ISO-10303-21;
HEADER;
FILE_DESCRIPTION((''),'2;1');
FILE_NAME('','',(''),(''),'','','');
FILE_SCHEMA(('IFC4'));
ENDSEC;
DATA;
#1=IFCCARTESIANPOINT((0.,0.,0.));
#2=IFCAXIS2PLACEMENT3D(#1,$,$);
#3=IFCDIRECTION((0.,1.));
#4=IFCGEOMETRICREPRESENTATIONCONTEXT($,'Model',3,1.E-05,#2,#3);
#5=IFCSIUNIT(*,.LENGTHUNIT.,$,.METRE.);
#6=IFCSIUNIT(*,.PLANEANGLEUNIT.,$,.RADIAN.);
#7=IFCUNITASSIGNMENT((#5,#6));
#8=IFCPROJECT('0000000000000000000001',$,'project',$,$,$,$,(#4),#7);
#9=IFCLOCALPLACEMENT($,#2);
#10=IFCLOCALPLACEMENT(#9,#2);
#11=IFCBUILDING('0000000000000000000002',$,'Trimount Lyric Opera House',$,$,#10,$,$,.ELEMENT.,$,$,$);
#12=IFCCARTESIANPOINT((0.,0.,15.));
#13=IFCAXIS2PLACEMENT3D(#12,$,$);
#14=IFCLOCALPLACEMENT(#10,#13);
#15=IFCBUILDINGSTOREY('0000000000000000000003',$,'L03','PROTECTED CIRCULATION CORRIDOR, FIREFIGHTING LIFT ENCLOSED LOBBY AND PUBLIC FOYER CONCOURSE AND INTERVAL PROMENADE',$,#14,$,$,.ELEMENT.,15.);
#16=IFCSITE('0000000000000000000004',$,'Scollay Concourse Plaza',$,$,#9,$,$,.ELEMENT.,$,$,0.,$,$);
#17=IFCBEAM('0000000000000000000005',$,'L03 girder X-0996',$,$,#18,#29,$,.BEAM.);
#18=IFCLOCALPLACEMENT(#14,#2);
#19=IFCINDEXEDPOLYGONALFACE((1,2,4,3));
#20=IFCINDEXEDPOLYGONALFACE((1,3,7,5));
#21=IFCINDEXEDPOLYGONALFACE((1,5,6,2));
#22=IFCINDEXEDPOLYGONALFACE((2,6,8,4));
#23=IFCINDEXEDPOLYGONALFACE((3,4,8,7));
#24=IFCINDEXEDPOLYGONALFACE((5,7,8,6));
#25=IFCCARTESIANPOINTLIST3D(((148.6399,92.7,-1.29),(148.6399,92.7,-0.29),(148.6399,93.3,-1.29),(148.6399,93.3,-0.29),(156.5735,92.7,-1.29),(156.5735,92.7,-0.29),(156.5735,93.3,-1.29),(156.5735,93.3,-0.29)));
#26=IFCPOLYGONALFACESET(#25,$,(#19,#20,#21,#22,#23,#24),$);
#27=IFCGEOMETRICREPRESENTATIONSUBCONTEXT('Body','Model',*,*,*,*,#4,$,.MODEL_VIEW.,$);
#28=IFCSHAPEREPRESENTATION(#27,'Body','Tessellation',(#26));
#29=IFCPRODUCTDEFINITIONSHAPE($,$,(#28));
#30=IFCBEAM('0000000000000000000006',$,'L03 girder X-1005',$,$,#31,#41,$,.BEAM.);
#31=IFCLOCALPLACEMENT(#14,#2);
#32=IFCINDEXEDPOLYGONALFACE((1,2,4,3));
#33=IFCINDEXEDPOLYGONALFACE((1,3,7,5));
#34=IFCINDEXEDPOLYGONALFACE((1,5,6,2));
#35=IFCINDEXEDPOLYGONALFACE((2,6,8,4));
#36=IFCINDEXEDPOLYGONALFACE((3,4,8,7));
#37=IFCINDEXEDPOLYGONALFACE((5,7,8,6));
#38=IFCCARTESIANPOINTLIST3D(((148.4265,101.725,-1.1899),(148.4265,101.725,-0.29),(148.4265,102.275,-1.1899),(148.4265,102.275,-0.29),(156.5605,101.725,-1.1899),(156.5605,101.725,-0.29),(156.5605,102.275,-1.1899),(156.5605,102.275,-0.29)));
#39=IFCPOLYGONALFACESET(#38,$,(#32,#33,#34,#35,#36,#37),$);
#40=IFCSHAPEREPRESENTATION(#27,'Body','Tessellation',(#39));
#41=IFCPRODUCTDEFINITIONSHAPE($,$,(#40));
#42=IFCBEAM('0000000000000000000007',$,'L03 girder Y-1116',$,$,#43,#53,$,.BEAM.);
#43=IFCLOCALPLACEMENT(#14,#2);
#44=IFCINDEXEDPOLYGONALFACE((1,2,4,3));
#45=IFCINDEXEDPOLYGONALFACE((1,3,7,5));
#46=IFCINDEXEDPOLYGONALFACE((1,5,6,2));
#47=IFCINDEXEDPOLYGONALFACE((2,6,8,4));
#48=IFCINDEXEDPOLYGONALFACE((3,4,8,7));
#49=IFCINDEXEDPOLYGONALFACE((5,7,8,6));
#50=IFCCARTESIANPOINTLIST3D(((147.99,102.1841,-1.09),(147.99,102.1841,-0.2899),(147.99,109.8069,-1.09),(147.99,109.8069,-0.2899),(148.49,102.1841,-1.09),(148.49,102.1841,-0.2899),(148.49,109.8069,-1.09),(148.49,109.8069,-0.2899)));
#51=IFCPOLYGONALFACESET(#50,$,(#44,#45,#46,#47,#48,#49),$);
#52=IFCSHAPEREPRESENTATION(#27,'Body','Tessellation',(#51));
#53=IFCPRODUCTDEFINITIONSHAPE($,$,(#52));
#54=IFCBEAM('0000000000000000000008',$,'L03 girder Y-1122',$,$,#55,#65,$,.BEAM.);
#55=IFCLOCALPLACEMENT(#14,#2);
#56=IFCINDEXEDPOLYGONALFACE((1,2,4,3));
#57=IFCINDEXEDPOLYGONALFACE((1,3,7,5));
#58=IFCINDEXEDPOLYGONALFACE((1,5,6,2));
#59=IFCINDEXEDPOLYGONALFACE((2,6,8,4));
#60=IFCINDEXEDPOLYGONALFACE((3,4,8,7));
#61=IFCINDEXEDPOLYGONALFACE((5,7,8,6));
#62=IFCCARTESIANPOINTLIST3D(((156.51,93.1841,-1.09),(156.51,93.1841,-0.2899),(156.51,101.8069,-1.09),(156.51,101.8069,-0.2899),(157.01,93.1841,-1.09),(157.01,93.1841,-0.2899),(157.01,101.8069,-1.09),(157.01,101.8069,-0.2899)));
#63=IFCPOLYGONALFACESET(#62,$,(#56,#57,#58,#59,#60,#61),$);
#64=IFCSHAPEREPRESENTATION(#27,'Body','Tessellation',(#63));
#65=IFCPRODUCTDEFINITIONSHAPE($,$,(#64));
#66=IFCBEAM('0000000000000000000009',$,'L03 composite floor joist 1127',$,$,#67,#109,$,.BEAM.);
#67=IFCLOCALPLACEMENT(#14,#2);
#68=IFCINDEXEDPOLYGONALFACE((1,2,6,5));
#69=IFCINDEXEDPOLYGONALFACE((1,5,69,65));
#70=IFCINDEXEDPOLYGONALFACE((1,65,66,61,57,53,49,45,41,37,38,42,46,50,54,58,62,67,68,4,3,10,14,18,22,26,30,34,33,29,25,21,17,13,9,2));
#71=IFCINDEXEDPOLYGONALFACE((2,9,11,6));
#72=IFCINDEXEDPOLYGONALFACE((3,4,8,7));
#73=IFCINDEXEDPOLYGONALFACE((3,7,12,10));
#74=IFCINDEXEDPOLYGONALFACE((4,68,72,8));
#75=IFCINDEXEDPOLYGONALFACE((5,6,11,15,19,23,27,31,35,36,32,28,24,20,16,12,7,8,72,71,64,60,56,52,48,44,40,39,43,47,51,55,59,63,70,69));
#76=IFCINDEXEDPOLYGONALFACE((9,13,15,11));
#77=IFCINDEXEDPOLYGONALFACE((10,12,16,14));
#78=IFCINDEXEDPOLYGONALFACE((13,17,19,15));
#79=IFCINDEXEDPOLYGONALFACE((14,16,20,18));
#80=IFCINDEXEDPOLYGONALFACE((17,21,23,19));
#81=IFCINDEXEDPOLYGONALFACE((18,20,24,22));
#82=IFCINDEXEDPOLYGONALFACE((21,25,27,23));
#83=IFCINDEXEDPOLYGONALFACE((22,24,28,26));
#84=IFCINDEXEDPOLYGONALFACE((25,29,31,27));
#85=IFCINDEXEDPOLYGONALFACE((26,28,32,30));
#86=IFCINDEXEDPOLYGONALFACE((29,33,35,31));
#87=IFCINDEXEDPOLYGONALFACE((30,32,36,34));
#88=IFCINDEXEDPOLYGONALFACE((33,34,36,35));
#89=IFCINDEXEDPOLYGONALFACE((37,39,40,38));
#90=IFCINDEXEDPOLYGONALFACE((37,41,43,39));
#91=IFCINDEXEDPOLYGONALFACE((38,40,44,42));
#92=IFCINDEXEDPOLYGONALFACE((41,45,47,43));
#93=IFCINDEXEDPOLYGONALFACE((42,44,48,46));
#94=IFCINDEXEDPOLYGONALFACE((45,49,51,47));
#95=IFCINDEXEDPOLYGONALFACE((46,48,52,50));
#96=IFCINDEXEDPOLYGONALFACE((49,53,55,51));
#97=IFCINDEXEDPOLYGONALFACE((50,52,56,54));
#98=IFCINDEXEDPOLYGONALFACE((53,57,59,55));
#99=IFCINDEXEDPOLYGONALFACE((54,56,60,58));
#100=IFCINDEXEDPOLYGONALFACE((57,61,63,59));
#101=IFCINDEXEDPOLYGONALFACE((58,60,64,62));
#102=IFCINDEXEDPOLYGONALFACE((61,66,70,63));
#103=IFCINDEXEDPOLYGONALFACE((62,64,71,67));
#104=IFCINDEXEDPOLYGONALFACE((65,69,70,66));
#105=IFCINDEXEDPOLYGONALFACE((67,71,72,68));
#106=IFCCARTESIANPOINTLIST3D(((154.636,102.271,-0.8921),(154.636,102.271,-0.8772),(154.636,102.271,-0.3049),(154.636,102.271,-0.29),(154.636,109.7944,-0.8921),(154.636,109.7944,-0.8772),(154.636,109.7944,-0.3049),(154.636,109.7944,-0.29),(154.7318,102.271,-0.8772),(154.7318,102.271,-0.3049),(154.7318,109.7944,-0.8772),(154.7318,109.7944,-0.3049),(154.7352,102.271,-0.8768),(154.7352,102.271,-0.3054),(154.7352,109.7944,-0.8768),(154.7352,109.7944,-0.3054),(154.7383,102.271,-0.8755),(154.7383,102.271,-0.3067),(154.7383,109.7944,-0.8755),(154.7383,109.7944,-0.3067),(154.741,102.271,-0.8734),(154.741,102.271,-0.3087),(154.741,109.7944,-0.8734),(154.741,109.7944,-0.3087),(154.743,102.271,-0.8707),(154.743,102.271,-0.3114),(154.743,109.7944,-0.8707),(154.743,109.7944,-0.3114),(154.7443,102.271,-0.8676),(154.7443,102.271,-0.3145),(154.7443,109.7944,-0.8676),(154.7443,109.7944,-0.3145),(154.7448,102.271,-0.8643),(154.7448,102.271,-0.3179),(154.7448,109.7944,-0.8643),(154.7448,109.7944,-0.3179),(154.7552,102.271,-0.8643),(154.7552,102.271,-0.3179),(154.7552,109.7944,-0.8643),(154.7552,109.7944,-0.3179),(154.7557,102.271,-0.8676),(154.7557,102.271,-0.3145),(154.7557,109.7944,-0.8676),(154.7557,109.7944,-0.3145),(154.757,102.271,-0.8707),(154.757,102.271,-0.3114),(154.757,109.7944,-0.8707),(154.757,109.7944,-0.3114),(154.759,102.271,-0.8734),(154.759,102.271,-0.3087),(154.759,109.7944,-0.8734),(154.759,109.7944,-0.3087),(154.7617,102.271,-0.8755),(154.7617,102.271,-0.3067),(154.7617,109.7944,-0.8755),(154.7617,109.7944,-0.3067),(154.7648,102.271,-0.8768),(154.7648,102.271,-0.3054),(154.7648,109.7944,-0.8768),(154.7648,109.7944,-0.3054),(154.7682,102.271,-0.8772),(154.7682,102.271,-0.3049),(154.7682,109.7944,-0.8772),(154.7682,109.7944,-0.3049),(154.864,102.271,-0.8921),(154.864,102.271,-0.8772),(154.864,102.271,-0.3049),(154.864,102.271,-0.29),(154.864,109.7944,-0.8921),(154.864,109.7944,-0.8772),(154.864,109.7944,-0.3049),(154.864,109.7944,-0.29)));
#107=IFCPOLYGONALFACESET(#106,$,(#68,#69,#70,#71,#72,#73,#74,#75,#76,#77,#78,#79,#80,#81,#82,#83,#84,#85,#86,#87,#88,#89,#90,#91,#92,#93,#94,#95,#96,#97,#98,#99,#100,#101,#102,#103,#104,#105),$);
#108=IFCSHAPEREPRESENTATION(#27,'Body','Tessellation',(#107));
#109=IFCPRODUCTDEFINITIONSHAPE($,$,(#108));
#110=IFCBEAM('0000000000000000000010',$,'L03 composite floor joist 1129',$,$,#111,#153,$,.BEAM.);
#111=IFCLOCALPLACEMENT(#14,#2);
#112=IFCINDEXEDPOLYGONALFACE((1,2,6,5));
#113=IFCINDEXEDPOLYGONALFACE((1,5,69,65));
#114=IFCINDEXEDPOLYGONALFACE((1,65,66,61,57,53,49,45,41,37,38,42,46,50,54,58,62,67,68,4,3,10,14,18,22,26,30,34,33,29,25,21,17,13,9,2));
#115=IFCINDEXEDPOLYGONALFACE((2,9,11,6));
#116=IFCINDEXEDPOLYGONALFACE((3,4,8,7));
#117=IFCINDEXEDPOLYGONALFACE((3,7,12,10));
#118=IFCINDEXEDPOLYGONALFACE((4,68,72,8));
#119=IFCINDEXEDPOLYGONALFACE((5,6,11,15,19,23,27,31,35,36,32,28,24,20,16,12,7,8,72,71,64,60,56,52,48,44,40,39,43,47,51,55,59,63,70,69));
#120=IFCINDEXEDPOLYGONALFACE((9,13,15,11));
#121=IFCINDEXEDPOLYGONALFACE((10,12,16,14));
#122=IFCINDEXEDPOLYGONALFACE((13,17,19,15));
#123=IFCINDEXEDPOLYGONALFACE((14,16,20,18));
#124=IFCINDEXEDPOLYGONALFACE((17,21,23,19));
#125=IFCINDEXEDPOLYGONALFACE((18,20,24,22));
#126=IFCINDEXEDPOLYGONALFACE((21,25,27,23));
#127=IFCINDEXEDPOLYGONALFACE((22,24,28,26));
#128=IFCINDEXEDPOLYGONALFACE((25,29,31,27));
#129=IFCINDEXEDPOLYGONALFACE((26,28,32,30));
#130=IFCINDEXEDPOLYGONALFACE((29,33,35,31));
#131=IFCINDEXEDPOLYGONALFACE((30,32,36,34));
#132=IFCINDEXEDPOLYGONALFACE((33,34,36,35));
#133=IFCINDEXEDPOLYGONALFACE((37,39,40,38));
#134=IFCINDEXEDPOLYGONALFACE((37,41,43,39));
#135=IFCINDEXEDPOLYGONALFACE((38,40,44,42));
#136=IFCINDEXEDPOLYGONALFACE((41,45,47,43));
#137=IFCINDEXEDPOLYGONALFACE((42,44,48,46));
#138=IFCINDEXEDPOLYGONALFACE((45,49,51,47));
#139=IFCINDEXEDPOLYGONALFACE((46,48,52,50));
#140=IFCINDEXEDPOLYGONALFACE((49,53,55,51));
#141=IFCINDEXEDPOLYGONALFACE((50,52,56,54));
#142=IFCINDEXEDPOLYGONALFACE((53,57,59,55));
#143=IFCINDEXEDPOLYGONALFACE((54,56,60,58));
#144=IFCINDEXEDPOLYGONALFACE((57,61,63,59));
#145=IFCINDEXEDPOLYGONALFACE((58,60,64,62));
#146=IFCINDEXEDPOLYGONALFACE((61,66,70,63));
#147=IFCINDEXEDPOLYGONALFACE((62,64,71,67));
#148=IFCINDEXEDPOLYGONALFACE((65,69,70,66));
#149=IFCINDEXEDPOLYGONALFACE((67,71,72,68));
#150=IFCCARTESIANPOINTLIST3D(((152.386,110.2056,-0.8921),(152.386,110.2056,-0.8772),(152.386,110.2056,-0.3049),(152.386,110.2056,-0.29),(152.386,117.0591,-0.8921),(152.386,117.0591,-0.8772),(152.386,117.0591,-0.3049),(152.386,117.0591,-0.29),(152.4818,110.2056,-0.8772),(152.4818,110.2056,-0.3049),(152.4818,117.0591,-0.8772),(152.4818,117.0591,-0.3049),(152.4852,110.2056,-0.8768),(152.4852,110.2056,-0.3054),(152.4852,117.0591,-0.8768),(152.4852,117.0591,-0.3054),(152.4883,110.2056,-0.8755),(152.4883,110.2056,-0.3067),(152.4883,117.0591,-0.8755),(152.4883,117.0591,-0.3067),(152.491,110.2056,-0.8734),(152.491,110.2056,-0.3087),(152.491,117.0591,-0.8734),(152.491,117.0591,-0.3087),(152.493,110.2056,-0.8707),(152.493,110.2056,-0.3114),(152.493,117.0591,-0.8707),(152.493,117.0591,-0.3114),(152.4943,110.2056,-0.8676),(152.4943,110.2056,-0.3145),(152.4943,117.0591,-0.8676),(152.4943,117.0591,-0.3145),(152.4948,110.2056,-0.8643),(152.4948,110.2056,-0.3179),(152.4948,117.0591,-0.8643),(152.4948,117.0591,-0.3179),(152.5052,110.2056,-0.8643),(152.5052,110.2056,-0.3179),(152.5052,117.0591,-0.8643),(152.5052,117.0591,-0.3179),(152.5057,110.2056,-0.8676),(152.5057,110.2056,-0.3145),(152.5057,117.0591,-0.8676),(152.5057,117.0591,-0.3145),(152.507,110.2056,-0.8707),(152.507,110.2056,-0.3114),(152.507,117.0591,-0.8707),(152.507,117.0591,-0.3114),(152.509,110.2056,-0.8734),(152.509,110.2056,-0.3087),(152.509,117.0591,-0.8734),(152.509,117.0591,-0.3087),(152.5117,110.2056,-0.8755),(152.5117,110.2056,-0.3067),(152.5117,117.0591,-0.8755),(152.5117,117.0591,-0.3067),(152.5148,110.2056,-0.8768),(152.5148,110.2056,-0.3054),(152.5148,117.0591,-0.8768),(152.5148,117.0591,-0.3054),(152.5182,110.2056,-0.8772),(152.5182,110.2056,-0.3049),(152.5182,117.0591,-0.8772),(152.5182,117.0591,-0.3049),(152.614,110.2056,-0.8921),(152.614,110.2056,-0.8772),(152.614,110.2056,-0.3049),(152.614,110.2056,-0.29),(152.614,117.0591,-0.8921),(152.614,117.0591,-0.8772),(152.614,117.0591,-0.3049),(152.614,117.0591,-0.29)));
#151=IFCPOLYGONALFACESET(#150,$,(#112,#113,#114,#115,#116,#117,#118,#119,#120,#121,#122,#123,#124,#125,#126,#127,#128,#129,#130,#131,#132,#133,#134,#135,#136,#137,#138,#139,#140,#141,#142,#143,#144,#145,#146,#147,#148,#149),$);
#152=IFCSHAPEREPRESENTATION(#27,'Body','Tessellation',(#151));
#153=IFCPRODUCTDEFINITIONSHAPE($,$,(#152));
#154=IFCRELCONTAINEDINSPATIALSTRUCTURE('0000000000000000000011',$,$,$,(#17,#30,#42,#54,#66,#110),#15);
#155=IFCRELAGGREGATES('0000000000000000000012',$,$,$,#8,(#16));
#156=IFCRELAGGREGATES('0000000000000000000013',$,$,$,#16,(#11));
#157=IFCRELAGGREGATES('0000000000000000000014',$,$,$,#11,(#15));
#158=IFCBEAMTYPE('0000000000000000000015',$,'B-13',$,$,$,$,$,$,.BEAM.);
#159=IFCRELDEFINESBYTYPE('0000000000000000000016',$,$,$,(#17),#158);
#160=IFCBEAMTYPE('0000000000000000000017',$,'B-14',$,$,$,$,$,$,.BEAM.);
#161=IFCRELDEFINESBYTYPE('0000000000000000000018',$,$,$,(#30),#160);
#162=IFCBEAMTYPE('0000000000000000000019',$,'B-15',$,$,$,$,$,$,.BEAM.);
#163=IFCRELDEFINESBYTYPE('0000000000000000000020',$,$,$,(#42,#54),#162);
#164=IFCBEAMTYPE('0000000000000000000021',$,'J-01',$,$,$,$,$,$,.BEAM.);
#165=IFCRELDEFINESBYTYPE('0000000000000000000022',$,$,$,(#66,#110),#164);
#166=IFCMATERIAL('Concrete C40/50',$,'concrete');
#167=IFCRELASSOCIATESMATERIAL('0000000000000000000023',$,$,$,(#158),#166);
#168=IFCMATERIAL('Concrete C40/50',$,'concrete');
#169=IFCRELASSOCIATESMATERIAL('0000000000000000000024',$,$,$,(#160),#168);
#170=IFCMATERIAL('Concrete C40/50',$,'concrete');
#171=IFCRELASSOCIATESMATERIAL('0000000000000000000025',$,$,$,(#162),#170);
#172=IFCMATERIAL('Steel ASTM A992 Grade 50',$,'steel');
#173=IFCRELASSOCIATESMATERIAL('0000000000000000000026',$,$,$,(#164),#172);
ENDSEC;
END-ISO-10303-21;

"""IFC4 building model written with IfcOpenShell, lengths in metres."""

from ifc_helpers import new_model, si_unit, direction, frame, origin, origin_2d, place, context, subcontext, project, spatial, rectangle, i_section, extrude, material, material_profile, profile_set, type_object, element, save


model = new_model("IFC4")

# Units and contexts
model_context = context("Model", 3, precision=1e-05, world=origin(), true_north=direction((0.0, 1.0)))
body_context = subcontext(model_context, "Body", "Model", "MODEL_VIEW")
ifc_project = project(units=[si_unit("LENGTHUNIT", "METRE"), si_unit("PLANEANGLEUNIT", "RADIAN")], contexts=[model_context])

# Site, building, storey
site_placement = place(None, origin())
site = spatial("IfcSite", under=ifc_project, at=site_placement, Name="Scollay Concourse Plaza", CompositionType="ELEMENT", RefElevation=0.0)
building_placement = place(site_placement, origin())
building = spatial("IfcBuilding", under=site, at=building_placement, Name="Trimount Lyric Opera House", CompositionType="ELEMENT")
storey_placement = place(building_placement, frame((0.0, 0.0, 15.0)))
storey = spatial("IfcBuildingStorey", under=building, at=storey_placement, Name="L03", Description="PROTECTED CIRCULATION CORRIDOR, FIREFIGHTING LIFT ENCLOSED LOBBY AND PUBLIC FOYER CONCOURSE AND INTERVAL PROMENADE", CompositionType="ELEMENT", Elevation=15.0)

# Beams
ifc_material_1 = material(Name="Concrete C40/50", Category="concrete")
ifc_material_profile_1 = material_profile(ifc_material_1, rectangle(XDim=0.6001, YDim=1.0, at=origin_2d()), Name="RC600X1000")
ifc_profile_set_1 = profile_set([ifc_material_profile_1], Name="Concrete C40/50")
beam_type_1 = type_object("IfcBeamType", Name="B-13", PredefinedType="BEAM", material=ifc_profile_set_1)
beam_1_placement = place(storey_placement, frame((148.6399, 93.0, -0.79), z_axis=(1.0, 0.0, 0.0), x_axis=(0.0, 1.0, 0.0)))
element("IfcBeam", 1, at=beam_1_placement, inside=storey, type_object=beam_type_1, Name="L03 girder X-0996", PredefinedType="BEAM", context=body_context, shape_type="SweptSolid", body=[
    extrude(rectangle(XDim=0.6001, YDim=1.0, at=origin_2d()), origin(), (0.0, 0.0, 1.0), 7.9336),
])
ifc_material_2 = material(Name="Concrete C40/50", Category="concrete")
ifc_material_profile_2 = material_profile(ifc_material_2, rectangle(XDim=0.55, YDim=0.8999, at=origin_2d()), Name="RC550X900")
ifc_profile_set_2 = profile_set([ifc_material_profile_2], Name="Concrete C40/50")
beam_type_2 = type_object("IfcBeamType", Name="B-14", PredefinedType="BEAM", material=ifc_profile_set_2)
beam_2_placement = place(storey_placement, frame((148.4265, 102.0, -0.74), z_axis=(1.0, 0.0, 0.0), x_axis=(0.0, 1.0, 0.0)))
element("IfcBeam", 2, at=beam_2_placement, inside=storey, type_object=beam_type_2, Name="L03 girder X-1005", PredefinedType="BEAM", context=body_context, shape_type="SweptSolid", body=[
    extrude(rectangle(XDim=0.55, YDim=0.8999, at=origin_2d()), origin(), (0.0, 0.0, 1.0), 8.134),
])
ifc_material_3 = material(Name="Concrete C40/50", Category="concrete")
ifc_material_profile_3 = material_profile(ifc_material_3, rectangle(XDim=0.5, YDim=0.8, at=origin_2d()), Name="RC500X800")
ifc_profile_set_3 = profile_set([ifc_material_profile_3], Name="Concrete C40/50")
beam_type_3 = type_object("IfcBeamType", Name="B-15", PredefinedType="BEAM", material=ifc_profile_set_3)
beam_3_placement = place(storey_placement, frame((148.24, 102.1841, -0.6899), z_axis=(0.0, 1.0, 0.0), x_axis=(-1.0, 0.0, 0.0)))
element("IfcBeam", 3, at=beam_3_placement, inside=storey, type_object=beam_type_3, Name="L03 girder Y-1116", PredefinedType="BEAM", context=body_context, shape_type="SweptSolid", body=[
    extrude(rectangle(XDim=0.5, YDim=0.8, at=origin_2d()), origin(), (0.0, 0.0, 1.0), 7.6228),
])
beam_4_placement = place(storey_placement, frame((156.76, 93.1841, -0.6899), z_axis=(0.0, 1.0, 0.0), x_axis=(-1.0, 0.0, 0.0)))
element("IfcBeam", 4, at=beam_4_placement, inside=storey, type_object=beam_type_3, Name="L03 girder Y-1122", PredefinedType="BEAM", context=body_context, shape_type="SweptSolid", body=[
    extrude(rectangle(XDim=0.5, YDim=0.8, at=origin_2d()), origin(), (0.0, 0.0, 1.0), 8.6228),
])
ifc_material_4 = material(Name="Steel ASTM A992 Grade 50", Category="steel")
ifc_material_profile_4 = material_profile(ifc_material_4, i_section(OverallWidth=0.228, OverallDepth=0.6021, WebThickness=0.0105, FlangeThickness=0.0149, FilletRadius=0.0129, at=origin_2d()), Name="W24X68")
ifc_profile_set_4 = profile_set([ifc_material_profile_4], Name="Steel ASTM A992 Grade 50")
beam_type_4 = type_object("IfcBeamType", Name="J-01", PredefinedType="BEAM", material=ifc_profile_set_4)
beam_5_placement = place(storey_placement, frame((154.75, 102.271, -0.5911), z_axis=(0.0, 1.0, 0.0), x_axis=(-1.0, 0.0, 0.0)))
element("IfcBeam", 5, at=beam_5_placement, inside=storey, type_object=beam_type_4, Name="L03 composite floor joist 1127", PredefinedType="BEAM", context=body_context, shape_type="SweptSolid", body=[
    extrude(i_section(OverallWidth=0.228, OverallDepth=0.6021, WebThickness=0.0105, FlangeThickness=0.0149, FilletRadius=0.0129, at=origin_2d()), origin(), (0.0, 0.0, 1.0), 7.5234),
])
beam_6_placement = place(storey_placement, frame((152.5, 110.2056, -0.5911), z_axis=(0.0, 1.0, 0.0), x_axis=(-1.0, 0.0, 0.0)))
element("IfcBeam", 6, at=beam_6_placement, inside=storey, type_object=beam_type_4, Name="L03 composite floor joist 1129", PredefinedType="BEAM", context=body_context, shape_type="SweptSolid", body=[
    extrude(i_section(OverallWidth=0.228, OverallDepth=0.6021, WebThickness=0.0105, FlangeThickness=0.0149, FilletRadius=0.0129, at=origin_2d()), origin(), (0.0, 0.0, 1.0), 6.8535),
])

save(model, "model.ifc")
